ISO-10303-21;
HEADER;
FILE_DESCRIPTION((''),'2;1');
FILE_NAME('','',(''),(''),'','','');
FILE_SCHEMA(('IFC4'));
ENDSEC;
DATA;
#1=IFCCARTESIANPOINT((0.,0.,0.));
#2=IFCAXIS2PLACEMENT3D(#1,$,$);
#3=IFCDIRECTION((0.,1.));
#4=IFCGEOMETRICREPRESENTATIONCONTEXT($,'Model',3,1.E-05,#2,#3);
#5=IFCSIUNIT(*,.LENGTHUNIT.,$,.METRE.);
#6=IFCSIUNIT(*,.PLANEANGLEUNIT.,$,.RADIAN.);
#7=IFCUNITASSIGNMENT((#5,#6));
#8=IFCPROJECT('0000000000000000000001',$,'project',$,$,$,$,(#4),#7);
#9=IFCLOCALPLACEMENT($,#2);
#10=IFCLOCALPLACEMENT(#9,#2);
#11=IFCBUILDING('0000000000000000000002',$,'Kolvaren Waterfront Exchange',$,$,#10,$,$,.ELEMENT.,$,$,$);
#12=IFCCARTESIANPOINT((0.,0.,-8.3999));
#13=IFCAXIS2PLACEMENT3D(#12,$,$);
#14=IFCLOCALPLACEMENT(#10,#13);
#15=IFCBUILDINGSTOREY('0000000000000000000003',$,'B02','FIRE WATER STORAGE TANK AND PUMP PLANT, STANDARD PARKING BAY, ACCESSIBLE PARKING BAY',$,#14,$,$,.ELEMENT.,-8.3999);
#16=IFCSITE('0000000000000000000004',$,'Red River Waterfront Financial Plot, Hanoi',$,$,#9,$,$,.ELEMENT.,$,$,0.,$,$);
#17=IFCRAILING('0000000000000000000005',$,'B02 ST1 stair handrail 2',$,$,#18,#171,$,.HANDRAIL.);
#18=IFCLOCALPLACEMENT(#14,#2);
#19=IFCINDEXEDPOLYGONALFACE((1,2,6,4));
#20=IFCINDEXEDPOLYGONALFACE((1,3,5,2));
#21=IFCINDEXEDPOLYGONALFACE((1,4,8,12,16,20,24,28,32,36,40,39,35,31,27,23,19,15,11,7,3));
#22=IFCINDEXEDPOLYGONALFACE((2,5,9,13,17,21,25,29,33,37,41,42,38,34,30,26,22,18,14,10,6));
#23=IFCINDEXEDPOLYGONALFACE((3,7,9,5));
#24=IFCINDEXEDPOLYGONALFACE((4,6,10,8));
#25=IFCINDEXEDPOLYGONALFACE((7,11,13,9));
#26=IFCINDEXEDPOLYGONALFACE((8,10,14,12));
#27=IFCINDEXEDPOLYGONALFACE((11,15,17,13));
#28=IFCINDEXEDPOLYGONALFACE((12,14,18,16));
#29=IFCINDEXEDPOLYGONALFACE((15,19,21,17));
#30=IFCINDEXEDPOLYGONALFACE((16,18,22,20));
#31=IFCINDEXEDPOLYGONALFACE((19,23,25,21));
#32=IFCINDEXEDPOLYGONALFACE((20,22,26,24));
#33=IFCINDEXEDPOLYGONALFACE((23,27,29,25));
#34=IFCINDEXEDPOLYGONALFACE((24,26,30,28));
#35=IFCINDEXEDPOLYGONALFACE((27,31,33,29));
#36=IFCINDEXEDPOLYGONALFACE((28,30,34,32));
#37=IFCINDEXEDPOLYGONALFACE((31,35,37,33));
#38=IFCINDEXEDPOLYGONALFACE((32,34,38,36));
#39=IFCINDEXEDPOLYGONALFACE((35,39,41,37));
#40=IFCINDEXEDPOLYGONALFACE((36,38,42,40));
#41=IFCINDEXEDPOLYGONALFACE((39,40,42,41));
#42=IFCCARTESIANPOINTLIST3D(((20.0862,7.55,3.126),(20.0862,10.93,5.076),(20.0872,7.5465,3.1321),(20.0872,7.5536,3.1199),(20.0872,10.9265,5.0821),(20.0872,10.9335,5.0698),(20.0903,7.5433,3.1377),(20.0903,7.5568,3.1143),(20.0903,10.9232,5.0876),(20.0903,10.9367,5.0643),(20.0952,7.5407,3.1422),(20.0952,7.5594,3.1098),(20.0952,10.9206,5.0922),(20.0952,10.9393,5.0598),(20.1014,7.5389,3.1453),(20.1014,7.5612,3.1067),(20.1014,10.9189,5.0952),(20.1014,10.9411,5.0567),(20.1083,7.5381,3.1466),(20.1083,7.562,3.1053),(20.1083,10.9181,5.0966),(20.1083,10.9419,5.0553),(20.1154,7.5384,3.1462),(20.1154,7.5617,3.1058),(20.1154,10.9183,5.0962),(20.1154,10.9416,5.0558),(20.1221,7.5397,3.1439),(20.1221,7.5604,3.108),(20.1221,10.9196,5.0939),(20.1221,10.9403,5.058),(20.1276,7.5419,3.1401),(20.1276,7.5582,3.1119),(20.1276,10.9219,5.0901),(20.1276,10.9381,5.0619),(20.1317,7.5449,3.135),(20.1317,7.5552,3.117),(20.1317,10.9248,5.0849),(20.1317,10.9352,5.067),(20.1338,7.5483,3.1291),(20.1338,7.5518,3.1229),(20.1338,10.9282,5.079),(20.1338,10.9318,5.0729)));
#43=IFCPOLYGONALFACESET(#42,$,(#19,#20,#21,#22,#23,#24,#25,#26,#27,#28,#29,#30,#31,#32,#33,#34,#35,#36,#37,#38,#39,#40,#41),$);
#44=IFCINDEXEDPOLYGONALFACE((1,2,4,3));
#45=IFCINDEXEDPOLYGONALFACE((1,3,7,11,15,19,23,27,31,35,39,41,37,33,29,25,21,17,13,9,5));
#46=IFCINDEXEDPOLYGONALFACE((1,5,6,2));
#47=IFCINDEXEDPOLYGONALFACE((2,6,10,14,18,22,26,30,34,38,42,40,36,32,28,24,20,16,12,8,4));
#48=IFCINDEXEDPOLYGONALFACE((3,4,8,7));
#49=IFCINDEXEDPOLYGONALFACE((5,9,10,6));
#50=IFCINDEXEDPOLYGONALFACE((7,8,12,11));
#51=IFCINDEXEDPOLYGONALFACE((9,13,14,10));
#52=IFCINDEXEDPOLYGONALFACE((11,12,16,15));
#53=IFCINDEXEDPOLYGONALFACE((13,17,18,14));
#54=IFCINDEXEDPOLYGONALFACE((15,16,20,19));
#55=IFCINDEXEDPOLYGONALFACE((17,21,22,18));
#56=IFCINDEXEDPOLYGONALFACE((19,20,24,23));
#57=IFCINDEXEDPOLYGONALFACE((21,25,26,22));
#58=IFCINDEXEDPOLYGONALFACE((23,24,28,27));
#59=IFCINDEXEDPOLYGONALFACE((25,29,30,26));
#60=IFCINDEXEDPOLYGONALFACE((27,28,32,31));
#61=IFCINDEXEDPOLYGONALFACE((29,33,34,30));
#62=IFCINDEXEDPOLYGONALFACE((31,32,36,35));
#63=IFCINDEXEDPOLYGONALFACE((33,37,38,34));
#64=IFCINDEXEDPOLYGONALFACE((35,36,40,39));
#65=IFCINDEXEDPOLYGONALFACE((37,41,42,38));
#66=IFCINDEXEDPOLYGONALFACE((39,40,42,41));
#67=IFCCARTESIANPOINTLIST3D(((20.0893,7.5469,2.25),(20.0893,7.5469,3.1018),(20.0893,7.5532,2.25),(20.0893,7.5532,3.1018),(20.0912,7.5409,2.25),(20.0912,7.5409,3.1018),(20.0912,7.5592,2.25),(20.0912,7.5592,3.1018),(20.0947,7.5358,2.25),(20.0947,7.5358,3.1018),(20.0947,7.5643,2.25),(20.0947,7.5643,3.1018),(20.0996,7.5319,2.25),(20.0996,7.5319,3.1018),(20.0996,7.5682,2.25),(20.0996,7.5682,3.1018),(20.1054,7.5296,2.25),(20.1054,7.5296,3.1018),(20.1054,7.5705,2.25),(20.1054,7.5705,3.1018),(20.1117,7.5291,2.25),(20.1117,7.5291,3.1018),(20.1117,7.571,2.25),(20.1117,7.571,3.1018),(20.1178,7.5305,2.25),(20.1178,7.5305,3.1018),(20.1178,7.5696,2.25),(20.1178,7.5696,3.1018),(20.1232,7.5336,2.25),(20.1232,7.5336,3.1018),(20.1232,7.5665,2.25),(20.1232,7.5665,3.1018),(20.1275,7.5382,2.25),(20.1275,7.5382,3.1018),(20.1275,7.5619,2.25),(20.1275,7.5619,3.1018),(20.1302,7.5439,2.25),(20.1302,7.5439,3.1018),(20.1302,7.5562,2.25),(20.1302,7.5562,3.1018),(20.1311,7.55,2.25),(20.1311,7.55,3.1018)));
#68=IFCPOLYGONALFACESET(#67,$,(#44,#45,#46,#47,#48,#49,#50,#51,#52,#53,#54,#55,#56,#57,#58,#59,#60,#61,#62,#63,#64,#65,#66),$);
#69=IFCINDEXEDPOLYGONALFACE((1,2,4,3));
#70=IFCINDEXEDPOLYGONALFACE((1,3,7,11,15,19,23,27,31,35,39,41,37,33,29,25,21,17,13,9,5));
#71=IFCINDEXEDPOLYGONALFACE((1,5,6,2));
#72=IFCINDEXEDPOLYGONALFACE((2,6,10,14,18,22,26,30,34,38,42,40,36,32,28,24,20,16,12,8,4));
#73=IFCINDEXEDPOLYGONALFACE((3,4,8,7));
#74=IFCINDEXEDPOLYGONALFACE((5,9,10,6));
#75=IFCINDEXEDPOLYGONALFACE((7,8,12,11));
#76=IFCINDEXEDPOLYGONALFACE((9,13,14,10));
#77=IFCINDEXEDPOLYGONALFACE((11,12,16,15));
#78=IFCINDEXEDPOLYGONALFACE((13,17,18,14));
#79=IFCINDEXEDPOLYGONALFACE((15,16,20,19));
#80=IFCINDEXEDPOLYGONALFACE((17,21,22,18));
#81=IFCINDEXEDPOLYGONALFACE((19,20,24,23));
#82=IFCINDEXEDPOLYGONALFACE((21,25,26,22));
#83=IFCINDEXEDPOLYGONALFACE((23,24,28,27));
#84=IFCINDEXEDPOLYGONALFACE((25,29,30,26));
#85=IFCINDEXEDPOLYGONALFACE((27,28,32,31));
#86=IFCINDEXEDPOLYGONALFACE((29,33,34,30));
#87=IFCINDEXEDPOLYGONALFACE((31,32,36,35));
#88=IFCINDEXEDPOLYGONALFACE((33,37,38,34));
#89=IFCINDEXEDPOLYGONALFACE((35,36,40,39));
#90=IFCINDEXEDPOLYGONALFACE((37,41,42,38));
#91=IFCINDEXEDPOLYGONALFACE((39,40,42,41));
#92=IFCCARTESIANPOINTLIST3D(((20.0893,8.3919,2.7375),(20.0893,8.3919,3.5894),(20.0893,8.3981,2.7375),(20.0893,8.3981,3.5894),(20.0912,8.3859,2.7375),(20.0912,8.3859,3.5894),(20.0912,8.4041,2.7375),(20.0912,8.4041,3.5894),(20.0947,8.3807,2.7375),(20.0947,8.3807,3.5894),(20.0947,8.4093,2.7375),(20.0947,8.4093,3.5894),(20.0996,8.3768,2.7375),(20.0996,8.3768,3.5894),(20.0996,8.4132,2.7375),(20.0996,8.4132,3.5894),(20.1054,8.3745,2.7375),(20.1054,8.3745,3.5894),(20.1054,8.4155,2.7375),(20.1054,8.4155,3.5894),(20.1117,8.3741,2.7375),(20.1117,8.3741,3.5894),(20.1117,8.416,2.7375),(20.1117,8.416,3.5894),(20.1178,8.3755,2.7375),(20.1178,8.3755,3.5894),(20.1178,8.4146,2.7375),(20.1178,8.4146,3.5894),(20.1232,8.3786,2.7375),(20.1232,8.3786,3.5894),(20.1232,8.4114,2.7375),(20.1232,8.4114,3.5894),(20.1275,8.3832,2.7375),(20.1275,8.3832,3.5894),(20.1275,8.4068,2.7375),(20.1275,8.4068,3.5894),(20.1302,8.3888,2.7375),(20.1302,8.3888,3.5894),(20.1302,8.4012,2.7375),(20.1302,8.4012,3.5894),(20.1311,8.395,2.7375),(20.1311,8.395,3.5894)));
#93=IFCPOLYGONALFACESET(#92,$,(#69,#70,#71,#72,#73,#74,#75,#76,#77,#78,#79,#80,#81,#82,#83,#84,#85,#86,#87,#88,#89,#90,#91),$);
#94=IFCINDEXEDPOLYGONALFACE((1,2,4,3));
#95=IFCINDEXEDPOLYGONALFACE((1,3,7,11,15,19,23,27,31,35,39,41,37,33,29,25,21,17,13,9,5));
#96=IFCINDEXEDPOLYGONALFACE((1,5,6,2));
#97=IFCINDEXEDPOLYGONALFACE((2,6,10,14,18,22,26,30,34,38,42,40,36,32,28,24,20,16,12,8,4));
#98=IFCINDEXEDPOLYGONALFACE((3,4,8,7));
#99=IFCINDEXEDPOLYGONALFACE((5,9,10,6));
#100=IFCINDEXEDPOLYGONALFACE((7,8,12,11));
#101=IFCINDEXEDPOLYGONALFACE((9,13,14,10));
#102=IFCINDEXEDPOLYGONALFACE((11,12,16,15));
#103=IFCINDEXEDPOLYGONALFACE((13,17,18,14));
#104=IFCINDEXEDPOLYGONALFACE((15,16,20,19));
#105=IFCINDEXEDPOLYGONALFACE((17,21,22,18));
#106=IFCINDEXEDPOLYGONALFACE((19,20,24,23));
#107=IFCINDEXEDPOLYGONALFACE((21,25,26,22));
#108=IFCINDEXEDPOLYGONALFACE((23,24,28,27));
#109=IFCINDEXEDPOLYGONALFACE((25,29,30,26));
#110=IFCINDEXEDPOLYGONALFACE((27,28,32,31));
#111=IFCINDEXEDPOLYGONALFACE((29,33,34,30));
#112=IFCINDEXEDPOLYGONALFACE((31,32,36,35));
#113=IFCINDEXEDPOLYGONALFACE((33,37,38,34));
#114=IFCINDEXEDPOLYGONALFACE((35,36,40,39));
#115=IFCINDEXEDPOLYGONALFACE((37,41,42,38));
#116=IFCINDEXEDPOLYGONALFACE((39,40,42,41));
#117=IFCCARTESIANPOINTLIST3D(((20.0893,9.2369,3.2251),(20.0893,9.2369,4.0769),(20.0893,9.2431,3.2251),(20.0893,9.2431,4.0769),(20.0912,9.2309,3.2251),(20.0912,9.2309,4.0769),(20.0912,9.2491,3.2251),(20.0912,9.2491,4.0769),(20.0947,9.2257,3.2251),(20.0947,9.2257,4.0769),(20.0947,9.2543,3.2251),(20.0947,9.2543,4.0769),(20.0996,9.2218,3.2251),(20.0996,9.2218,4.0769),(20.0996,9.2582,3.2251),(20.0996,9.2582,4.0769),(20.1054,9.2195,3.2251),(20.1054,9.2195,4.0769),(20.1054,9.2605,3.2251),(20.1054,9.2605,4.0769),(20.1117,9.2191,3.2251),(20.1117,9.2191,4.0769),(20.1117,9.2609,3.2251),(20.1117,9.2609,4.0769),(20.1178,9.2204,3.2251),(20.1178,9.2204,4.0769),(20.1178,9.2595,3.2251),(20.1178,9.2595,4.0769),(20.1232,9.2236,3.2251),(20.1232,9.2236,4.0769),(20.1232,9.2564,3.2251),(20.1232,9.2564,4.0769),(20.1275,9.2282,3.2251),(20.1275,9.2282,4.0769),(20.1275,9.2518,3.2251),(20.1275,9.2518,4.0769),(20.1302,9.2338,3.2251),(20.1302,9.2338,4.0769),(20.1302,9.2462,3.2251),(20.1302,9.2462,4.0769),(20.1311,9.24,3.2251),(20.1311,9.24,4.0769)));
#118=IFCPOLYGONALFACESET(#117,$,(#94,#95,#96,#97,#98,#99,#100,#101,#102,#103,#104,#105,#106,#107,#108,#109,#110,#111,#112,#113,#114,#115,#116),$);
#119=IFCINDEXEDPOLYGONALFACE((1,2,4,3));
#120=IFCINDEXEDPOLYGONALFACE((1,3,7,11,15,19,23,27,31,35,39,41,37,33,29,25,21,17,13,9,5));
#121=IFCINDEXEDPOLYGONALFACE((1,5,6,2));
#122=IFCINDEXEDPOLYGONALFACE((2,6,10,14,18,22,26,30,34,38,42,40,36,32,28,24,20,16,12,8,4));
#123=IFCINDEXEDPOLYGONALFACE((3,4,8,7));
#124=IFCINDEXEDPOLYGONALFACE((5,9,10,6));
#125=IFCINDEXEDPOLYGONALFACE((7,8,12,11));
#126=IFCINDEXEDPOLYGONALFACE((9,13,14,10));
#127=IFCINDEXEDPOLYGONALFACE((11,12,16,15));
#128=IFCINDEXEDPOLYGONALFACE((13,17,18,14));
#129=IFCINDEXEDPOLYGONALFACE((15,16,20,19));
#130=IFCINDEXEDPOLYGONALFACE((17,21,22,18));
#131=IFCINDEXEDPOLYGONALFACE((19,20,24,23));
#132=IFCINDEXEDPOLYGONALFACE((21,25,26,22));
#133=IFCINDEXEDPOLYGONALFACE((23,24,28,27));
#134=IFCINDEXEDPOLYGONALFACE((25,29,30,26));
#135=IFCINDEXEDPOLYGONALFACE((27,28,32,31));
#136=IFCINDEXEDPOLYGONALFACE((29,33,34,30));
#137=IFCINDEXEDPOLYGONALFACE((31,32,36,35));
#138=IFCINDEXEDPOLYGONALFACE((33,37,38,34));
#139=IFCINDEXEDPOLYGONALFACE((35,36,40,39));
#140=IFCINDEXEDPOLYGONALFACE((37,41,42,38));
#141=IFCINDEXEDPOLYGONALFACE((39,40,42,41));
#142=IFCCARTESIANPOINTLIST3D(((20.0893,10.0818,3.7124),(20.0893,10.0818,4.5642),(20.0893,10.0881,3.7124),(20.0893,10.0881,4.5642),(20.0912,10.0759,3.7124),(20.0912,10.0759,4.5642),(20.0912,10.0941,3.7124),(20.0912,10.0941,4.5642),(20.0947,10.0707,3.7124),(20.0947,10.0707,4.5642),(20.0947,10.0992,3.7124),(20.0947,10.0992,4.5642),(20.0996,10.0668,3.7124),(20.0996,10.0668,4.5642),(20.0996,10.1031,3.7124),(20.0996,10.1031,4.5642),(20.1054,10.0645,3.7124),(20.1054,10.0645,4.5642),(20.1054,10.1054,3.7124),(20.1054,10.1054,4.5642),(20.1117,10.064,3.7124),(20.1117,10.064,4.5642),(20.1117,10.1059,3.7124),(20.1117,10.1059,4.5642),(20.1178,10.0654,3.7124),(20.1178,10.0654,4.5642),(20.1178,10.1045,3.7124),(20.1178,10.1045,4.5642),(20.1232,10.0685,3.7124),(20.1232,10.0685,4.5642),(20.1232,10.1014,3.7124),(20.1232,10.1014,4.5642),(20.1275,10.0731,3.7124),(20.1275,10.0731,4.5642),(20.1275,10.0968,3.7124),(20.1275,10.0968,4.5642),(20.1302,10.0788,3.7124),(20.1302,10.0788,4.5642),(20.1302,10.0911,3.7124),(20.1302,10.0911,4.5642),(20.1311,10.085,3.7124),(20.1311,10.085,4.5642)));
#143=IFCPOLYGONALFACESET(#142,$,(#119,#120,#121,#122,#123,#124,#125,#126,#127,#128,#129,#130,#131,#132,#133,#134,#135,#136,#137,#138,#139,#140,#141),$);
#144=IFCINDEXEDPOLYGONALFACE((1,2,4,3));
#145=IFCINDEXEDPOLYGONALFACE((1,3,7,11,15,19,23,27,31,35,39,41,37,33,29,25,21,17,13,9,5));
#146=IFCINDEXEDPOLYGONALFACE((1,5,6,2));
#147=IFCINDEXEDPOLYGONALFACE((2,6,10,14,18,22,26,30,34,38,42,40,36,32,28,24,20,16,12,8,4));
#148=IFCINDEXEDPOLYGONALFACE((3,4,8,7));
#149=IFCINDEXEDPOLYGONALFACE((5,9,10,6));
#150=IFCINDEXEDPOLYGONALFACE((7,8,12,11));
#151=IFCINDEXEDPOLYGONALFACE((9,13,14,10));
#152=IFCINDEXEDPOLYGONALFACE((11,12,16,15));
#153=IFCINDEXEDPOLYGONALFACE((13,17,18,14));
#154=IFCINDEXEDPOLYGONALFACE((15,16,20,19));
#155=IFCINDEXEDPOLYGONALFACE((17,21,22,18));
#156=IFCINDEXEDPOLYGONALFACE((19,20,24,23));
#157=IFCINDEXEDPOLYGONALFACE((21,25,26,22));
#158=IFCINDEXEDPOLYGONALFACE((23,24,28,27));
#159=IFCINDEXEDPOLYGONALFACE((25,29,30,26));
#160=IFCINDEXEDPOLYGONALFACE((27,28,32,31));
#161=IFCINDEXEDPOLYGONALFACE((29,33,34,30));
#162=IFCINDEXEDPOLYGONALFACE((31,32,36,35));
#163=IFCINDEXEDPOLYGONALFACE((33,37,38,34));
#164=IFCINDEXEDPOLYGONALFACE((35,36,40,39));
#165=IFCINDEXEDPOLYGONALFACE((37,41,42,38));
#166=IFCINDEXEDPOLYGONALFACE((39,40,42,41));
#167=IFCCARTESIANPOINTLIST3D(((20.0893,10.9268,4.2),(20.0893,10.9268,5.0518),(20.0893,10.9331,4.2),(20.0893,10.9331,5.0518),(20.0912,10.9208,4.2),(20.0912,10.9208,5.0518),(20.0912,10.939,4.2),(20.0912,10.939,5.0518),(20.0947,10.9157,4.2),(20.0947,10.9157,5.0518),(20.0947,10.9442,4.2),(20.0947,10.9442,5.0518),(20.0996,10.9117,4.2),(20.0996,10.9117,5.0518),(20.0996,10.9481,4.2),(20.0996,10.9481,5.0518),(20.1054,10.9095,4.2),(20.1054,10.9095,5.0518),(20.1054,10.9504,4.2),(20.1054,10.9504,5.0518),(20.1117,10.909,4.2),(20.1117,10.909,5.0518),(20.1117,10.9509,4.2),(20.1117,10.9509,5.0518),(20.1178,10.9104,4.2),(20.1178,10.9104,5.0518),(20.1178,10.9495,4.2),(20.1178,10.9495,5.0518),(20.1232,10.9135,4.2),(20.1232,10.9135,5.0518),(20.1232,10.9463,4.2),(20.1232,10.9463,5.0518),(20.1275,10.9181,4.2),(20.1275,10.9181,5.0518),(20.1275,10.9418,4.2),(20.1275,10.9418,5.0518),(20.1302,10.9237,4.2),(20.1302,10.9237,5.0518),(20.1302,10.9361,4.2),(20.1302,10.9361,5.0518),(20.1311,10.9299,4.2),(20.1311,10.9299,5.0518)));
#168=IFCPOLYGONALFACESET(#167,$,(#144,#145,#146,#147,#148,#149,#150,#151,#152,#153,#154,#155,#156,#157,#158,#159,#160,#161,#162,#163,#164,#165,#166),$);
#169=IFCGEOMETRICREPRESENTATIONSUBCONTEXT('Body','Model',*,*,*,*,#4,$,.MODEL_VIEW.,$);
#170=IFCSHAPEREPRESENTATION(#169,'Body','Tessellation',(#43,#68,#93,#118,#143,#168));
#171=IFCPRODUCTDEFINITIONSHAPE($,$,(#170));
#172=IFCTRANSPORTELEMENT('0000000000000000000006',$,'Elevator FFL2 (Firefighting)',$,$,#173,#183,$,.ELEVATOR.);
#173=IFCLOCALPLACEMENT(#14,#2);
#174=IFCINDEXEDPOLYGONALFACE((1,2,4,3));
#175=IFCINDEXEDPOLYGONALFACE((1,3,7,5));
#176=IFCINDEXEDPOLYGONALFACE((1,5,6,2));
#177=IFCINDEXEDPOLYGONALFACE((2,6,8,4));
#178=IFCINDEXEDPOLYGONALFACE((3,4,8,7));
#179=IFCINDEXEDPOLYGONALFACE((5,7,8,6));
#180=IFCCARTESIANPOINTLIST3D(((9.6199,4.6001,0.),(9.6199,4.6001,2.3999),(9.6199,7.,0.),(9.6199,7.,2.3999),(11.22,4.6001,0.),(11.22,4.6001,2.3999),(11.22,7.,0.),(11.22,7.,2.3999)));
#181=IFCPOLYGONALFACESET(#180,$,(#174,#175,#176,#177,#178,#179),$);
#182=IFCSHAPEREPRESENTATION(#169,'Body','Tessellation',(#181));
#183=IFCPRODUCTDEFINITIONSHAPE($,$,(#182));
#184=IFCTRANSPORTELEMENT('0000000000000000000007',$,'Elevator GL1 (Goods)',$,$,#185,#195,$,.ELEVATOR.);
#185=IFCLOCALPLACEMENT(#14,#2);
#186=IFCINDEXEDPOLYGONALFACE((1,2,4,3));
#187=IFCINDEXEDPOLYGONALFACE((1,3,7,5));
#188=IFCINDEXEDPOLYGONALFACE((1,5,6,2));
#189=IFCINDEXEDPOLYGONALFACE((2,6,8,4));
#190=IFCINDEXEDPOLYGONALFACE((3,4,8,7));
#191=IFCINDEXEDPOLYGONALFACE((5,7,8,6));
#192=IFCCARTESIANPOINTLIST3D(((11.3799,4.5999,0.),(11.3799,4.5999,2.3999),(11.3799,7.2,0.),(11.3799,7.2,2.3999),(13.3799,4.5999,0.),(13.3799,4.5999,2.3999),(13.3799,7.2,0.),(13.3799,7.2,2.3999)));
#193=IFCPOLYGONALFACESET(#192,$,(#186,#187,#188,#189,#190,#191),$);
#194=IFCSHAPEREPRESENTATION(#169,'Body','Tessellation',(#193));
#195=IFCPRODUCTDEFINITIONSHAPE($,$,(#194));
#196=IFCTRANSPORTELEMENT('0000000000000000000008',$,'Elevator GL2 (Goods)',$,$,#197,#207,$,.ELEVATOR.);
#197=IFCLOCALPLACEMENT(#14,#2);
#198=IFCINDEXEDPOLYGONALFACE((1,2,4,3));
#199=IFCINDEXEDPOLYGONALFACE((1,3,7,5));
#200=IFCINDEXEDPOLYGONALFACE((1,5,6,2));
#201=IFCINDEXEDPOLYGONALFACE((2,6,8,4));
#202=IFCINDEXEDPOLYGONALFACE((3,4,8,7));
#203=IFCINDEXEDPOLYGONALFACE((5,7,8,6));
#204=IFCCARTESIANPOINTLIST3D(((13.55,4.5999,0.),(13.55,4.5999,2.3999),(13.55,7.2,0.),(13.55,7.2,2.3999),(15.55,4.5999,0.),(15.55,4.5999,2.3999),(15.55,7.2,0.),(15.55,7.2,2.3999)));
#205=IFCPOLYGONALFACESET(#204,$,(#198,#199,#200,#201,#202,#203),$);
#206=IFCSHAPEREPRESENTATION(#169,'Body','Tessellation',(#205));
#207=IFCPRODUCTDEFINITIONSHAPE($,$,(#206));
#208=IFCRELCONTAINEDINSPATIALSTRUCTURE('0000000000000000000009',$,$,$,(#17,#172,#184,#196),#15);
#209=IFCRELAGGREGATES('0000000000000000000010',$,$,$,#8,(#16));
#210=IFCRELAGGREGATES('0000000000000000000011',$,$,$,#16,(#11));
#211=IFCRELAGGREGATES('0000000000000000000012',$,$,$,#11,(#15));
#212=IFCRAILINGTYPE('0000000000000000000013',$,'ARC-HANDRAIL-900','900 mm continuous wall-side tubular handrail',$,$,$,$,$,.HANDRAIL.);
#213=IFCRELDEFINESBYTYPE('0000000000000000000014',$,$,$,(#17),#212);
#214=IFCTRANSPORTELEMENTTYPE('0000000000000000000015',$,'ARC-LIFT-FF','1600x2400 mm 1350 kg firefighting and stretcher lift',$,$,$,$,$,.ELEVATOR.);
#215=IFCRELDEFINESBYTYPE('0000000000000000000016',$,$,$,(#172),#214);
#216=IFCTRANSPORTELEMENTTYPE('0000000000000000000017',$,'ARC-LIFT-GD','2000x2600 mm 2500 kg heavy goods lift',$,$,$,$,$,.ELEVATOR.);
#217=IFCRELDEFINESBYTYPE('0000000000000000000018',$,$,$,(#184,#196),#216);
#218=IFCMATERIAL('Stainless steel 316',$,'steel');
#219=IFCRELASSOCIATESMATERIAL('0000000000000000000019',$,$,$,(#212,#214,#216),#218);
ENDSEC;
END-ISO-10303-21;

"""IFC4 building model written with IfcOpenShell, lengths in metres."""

from ifc_helpers import new_model, si_unit, direction, frame, origin, origin_2d, place, context, subcontext, project, spatial, rectangle, circle, extrude, material, type_object, element, save


model = new_model("IFC4")

# Units and contexts
model_context = context("Model", 3, precision=1e-05, world=origin(), true_north=direction((0.0, 1.0)))
body_context = subcontext(model_context, "Body", "Model", "MODEL_VIEW")
ifc_project = project(units=[si_unit("LENGTHUNIT", "METRE"), si_unit("PLANEANGLEUNIT", "RADIAN")], contexts=[model_context])

# Site, building, storey
site_placement = place(None, origin())
site = spatial("IfcSite", under=ifc_project, at=site_placement, Name="Red River Waterfront Financial Plot, Hanoi", CompositionType="ELEMENT", RefElevation=0.0)
building_placement = place(site_placement, origin())
building = spatial("IfcBuilding", under=site, at=building_placement, Name="Kolvaren Waterfront Exchange", CompositionType="ELEMENT")
storey_placement = place(building_placement, frame((0.0, 0.0, -8.3999)))
storey = spatial("IfcBuildingStorey", under=building, at=storey_placement, Name="B02", Description="FIRE WATER STORAGE TANK AND PUMP PLANT, STANDARD PARKING BAY, ACCESSIBLE PARKING BAY", CompositionType="ELEMENT", Elevation=-8.3999)

# Railing
ifc_material_1 = material(Name="Stainless steel 316", Category="steel")
railing_type_1 = type_object("IfcRailingType", Name="ARC-HANDRAIL-900", Description="900 mm continuous wall-side tubular handrail", PredefinedType="HANDRAIL", material=ifc_material_1)
railing_1_placement = place(storey_placement, frame((20.1101, 7.55, 2.25)))
element("IfcRailing", 1, at=railing_1_placement, inside=storey, type_object=railing_type_1, Name="B02 ST1 stair handrail 2", PredefinedType="HANDRAIL", context=body_context, shape_type="SweptSolid", body=[
    extrude(circle(Radius=0.0239, at=origin_2d()), frame((0.0, 0.0, 0.876), z_axis=(0.0, 0.866184, 0.499726), x_axis=(-1.0, 0.0, 0.0)), (0.0, 0.0, 1.0), 3.9021),
    extrude(circle(Radius=0.021, at=origin_2d()), origin(), (0.0, 0.0, 1.0), 0.8518),
    extrude(circle(Radius=0.021, at=origin_2d()), frame((0.0, 0.845, 0.4875)), (0.0, 0.0, 1.0), 0.8518),
    extrude(circle(Radius=0.021, at=origin_2d()), frame((0.0, 1.6899, 0.9751)), (0.0, 0.0, 1.0), 0.8518),
    extrude(circle(Radius=0.021, at=origin_2d()), frame((0.0, 2.5349, 1.4624)), (0.0, 0.0, 1.0), 0.8518),
    extrude(circle(Radius=0.021, at=origin_2d()), frame((0.0, 3.3799, 1.95)), (0.0, 0.0, 1.0), 0.8518),
])

# Transport elements
transport_element_type_1 = type_object("IfcTransportElementType", Name="ARC-LIFT-FF", Description="1600x2400 mm 1350 kg firefighting and stretcher lift", PredefinedType="ELEVATOR", material=ifc_material_1)
transport_element_placement = place(storey_placement, frame((10.4199, 5.8, 0.0), z_axis=(0.0, 0.0, 1.0), x_axis=(1.0, 0.0, 0.0)))
element("IfcTransportElement", 2, at=transport_element_placement, inside=storey, type_object=transport_element_type_1, Name="Elevator FFL2 (Firefighting)", PredefinedType="ELEVATOR", context=body_context, shape_type="SweptSolid", body=[
    extrude(rectangle(XDim=1.6001, YDim=2.3999, at=origin_2d()), origin(), (0.0, 0.0, 1.0), 2.3999),
])
transport_element_type_2 = type_object("IfcTransportElementType", Name="ARC-LIFT-GD", Description="2000x2600 mm 2500 kg heavy goods lift", PredefinedType="ELEVATOR", material=ifc_material_1)
for number, where, z_axis, x_axis, name in (
    (3, (12.3799, 5.8999, 0.0), (0.0, 0.0, 1.0), (1.0, 0.0, 0.0), "Elevator GL1 (Goods)"),
    (4, (14.55, 5.8999, 0.0), (0.0, 0.0, 1.0), (1.0, 0.0, 0.0), "Elevator GL2 (Goods)"),
):
    element("IfcTransportElement", number, at=place(storey_placement, frame(where, z_axis=z_axis, x_axis=x_axis)), inside=storey, type_object=transport_element_type_2, Name=name, PredefinedType="ELEVATOR", context=body_context, shape_type="SweptSolid", body=[
        extrude(rectangle(XDim=2.0, YDim=2.6001, at=origin_2d()), origin(), (0.0, 0.0, 1.0), 2.3999),
    ])

save(model, "model.ifc")
